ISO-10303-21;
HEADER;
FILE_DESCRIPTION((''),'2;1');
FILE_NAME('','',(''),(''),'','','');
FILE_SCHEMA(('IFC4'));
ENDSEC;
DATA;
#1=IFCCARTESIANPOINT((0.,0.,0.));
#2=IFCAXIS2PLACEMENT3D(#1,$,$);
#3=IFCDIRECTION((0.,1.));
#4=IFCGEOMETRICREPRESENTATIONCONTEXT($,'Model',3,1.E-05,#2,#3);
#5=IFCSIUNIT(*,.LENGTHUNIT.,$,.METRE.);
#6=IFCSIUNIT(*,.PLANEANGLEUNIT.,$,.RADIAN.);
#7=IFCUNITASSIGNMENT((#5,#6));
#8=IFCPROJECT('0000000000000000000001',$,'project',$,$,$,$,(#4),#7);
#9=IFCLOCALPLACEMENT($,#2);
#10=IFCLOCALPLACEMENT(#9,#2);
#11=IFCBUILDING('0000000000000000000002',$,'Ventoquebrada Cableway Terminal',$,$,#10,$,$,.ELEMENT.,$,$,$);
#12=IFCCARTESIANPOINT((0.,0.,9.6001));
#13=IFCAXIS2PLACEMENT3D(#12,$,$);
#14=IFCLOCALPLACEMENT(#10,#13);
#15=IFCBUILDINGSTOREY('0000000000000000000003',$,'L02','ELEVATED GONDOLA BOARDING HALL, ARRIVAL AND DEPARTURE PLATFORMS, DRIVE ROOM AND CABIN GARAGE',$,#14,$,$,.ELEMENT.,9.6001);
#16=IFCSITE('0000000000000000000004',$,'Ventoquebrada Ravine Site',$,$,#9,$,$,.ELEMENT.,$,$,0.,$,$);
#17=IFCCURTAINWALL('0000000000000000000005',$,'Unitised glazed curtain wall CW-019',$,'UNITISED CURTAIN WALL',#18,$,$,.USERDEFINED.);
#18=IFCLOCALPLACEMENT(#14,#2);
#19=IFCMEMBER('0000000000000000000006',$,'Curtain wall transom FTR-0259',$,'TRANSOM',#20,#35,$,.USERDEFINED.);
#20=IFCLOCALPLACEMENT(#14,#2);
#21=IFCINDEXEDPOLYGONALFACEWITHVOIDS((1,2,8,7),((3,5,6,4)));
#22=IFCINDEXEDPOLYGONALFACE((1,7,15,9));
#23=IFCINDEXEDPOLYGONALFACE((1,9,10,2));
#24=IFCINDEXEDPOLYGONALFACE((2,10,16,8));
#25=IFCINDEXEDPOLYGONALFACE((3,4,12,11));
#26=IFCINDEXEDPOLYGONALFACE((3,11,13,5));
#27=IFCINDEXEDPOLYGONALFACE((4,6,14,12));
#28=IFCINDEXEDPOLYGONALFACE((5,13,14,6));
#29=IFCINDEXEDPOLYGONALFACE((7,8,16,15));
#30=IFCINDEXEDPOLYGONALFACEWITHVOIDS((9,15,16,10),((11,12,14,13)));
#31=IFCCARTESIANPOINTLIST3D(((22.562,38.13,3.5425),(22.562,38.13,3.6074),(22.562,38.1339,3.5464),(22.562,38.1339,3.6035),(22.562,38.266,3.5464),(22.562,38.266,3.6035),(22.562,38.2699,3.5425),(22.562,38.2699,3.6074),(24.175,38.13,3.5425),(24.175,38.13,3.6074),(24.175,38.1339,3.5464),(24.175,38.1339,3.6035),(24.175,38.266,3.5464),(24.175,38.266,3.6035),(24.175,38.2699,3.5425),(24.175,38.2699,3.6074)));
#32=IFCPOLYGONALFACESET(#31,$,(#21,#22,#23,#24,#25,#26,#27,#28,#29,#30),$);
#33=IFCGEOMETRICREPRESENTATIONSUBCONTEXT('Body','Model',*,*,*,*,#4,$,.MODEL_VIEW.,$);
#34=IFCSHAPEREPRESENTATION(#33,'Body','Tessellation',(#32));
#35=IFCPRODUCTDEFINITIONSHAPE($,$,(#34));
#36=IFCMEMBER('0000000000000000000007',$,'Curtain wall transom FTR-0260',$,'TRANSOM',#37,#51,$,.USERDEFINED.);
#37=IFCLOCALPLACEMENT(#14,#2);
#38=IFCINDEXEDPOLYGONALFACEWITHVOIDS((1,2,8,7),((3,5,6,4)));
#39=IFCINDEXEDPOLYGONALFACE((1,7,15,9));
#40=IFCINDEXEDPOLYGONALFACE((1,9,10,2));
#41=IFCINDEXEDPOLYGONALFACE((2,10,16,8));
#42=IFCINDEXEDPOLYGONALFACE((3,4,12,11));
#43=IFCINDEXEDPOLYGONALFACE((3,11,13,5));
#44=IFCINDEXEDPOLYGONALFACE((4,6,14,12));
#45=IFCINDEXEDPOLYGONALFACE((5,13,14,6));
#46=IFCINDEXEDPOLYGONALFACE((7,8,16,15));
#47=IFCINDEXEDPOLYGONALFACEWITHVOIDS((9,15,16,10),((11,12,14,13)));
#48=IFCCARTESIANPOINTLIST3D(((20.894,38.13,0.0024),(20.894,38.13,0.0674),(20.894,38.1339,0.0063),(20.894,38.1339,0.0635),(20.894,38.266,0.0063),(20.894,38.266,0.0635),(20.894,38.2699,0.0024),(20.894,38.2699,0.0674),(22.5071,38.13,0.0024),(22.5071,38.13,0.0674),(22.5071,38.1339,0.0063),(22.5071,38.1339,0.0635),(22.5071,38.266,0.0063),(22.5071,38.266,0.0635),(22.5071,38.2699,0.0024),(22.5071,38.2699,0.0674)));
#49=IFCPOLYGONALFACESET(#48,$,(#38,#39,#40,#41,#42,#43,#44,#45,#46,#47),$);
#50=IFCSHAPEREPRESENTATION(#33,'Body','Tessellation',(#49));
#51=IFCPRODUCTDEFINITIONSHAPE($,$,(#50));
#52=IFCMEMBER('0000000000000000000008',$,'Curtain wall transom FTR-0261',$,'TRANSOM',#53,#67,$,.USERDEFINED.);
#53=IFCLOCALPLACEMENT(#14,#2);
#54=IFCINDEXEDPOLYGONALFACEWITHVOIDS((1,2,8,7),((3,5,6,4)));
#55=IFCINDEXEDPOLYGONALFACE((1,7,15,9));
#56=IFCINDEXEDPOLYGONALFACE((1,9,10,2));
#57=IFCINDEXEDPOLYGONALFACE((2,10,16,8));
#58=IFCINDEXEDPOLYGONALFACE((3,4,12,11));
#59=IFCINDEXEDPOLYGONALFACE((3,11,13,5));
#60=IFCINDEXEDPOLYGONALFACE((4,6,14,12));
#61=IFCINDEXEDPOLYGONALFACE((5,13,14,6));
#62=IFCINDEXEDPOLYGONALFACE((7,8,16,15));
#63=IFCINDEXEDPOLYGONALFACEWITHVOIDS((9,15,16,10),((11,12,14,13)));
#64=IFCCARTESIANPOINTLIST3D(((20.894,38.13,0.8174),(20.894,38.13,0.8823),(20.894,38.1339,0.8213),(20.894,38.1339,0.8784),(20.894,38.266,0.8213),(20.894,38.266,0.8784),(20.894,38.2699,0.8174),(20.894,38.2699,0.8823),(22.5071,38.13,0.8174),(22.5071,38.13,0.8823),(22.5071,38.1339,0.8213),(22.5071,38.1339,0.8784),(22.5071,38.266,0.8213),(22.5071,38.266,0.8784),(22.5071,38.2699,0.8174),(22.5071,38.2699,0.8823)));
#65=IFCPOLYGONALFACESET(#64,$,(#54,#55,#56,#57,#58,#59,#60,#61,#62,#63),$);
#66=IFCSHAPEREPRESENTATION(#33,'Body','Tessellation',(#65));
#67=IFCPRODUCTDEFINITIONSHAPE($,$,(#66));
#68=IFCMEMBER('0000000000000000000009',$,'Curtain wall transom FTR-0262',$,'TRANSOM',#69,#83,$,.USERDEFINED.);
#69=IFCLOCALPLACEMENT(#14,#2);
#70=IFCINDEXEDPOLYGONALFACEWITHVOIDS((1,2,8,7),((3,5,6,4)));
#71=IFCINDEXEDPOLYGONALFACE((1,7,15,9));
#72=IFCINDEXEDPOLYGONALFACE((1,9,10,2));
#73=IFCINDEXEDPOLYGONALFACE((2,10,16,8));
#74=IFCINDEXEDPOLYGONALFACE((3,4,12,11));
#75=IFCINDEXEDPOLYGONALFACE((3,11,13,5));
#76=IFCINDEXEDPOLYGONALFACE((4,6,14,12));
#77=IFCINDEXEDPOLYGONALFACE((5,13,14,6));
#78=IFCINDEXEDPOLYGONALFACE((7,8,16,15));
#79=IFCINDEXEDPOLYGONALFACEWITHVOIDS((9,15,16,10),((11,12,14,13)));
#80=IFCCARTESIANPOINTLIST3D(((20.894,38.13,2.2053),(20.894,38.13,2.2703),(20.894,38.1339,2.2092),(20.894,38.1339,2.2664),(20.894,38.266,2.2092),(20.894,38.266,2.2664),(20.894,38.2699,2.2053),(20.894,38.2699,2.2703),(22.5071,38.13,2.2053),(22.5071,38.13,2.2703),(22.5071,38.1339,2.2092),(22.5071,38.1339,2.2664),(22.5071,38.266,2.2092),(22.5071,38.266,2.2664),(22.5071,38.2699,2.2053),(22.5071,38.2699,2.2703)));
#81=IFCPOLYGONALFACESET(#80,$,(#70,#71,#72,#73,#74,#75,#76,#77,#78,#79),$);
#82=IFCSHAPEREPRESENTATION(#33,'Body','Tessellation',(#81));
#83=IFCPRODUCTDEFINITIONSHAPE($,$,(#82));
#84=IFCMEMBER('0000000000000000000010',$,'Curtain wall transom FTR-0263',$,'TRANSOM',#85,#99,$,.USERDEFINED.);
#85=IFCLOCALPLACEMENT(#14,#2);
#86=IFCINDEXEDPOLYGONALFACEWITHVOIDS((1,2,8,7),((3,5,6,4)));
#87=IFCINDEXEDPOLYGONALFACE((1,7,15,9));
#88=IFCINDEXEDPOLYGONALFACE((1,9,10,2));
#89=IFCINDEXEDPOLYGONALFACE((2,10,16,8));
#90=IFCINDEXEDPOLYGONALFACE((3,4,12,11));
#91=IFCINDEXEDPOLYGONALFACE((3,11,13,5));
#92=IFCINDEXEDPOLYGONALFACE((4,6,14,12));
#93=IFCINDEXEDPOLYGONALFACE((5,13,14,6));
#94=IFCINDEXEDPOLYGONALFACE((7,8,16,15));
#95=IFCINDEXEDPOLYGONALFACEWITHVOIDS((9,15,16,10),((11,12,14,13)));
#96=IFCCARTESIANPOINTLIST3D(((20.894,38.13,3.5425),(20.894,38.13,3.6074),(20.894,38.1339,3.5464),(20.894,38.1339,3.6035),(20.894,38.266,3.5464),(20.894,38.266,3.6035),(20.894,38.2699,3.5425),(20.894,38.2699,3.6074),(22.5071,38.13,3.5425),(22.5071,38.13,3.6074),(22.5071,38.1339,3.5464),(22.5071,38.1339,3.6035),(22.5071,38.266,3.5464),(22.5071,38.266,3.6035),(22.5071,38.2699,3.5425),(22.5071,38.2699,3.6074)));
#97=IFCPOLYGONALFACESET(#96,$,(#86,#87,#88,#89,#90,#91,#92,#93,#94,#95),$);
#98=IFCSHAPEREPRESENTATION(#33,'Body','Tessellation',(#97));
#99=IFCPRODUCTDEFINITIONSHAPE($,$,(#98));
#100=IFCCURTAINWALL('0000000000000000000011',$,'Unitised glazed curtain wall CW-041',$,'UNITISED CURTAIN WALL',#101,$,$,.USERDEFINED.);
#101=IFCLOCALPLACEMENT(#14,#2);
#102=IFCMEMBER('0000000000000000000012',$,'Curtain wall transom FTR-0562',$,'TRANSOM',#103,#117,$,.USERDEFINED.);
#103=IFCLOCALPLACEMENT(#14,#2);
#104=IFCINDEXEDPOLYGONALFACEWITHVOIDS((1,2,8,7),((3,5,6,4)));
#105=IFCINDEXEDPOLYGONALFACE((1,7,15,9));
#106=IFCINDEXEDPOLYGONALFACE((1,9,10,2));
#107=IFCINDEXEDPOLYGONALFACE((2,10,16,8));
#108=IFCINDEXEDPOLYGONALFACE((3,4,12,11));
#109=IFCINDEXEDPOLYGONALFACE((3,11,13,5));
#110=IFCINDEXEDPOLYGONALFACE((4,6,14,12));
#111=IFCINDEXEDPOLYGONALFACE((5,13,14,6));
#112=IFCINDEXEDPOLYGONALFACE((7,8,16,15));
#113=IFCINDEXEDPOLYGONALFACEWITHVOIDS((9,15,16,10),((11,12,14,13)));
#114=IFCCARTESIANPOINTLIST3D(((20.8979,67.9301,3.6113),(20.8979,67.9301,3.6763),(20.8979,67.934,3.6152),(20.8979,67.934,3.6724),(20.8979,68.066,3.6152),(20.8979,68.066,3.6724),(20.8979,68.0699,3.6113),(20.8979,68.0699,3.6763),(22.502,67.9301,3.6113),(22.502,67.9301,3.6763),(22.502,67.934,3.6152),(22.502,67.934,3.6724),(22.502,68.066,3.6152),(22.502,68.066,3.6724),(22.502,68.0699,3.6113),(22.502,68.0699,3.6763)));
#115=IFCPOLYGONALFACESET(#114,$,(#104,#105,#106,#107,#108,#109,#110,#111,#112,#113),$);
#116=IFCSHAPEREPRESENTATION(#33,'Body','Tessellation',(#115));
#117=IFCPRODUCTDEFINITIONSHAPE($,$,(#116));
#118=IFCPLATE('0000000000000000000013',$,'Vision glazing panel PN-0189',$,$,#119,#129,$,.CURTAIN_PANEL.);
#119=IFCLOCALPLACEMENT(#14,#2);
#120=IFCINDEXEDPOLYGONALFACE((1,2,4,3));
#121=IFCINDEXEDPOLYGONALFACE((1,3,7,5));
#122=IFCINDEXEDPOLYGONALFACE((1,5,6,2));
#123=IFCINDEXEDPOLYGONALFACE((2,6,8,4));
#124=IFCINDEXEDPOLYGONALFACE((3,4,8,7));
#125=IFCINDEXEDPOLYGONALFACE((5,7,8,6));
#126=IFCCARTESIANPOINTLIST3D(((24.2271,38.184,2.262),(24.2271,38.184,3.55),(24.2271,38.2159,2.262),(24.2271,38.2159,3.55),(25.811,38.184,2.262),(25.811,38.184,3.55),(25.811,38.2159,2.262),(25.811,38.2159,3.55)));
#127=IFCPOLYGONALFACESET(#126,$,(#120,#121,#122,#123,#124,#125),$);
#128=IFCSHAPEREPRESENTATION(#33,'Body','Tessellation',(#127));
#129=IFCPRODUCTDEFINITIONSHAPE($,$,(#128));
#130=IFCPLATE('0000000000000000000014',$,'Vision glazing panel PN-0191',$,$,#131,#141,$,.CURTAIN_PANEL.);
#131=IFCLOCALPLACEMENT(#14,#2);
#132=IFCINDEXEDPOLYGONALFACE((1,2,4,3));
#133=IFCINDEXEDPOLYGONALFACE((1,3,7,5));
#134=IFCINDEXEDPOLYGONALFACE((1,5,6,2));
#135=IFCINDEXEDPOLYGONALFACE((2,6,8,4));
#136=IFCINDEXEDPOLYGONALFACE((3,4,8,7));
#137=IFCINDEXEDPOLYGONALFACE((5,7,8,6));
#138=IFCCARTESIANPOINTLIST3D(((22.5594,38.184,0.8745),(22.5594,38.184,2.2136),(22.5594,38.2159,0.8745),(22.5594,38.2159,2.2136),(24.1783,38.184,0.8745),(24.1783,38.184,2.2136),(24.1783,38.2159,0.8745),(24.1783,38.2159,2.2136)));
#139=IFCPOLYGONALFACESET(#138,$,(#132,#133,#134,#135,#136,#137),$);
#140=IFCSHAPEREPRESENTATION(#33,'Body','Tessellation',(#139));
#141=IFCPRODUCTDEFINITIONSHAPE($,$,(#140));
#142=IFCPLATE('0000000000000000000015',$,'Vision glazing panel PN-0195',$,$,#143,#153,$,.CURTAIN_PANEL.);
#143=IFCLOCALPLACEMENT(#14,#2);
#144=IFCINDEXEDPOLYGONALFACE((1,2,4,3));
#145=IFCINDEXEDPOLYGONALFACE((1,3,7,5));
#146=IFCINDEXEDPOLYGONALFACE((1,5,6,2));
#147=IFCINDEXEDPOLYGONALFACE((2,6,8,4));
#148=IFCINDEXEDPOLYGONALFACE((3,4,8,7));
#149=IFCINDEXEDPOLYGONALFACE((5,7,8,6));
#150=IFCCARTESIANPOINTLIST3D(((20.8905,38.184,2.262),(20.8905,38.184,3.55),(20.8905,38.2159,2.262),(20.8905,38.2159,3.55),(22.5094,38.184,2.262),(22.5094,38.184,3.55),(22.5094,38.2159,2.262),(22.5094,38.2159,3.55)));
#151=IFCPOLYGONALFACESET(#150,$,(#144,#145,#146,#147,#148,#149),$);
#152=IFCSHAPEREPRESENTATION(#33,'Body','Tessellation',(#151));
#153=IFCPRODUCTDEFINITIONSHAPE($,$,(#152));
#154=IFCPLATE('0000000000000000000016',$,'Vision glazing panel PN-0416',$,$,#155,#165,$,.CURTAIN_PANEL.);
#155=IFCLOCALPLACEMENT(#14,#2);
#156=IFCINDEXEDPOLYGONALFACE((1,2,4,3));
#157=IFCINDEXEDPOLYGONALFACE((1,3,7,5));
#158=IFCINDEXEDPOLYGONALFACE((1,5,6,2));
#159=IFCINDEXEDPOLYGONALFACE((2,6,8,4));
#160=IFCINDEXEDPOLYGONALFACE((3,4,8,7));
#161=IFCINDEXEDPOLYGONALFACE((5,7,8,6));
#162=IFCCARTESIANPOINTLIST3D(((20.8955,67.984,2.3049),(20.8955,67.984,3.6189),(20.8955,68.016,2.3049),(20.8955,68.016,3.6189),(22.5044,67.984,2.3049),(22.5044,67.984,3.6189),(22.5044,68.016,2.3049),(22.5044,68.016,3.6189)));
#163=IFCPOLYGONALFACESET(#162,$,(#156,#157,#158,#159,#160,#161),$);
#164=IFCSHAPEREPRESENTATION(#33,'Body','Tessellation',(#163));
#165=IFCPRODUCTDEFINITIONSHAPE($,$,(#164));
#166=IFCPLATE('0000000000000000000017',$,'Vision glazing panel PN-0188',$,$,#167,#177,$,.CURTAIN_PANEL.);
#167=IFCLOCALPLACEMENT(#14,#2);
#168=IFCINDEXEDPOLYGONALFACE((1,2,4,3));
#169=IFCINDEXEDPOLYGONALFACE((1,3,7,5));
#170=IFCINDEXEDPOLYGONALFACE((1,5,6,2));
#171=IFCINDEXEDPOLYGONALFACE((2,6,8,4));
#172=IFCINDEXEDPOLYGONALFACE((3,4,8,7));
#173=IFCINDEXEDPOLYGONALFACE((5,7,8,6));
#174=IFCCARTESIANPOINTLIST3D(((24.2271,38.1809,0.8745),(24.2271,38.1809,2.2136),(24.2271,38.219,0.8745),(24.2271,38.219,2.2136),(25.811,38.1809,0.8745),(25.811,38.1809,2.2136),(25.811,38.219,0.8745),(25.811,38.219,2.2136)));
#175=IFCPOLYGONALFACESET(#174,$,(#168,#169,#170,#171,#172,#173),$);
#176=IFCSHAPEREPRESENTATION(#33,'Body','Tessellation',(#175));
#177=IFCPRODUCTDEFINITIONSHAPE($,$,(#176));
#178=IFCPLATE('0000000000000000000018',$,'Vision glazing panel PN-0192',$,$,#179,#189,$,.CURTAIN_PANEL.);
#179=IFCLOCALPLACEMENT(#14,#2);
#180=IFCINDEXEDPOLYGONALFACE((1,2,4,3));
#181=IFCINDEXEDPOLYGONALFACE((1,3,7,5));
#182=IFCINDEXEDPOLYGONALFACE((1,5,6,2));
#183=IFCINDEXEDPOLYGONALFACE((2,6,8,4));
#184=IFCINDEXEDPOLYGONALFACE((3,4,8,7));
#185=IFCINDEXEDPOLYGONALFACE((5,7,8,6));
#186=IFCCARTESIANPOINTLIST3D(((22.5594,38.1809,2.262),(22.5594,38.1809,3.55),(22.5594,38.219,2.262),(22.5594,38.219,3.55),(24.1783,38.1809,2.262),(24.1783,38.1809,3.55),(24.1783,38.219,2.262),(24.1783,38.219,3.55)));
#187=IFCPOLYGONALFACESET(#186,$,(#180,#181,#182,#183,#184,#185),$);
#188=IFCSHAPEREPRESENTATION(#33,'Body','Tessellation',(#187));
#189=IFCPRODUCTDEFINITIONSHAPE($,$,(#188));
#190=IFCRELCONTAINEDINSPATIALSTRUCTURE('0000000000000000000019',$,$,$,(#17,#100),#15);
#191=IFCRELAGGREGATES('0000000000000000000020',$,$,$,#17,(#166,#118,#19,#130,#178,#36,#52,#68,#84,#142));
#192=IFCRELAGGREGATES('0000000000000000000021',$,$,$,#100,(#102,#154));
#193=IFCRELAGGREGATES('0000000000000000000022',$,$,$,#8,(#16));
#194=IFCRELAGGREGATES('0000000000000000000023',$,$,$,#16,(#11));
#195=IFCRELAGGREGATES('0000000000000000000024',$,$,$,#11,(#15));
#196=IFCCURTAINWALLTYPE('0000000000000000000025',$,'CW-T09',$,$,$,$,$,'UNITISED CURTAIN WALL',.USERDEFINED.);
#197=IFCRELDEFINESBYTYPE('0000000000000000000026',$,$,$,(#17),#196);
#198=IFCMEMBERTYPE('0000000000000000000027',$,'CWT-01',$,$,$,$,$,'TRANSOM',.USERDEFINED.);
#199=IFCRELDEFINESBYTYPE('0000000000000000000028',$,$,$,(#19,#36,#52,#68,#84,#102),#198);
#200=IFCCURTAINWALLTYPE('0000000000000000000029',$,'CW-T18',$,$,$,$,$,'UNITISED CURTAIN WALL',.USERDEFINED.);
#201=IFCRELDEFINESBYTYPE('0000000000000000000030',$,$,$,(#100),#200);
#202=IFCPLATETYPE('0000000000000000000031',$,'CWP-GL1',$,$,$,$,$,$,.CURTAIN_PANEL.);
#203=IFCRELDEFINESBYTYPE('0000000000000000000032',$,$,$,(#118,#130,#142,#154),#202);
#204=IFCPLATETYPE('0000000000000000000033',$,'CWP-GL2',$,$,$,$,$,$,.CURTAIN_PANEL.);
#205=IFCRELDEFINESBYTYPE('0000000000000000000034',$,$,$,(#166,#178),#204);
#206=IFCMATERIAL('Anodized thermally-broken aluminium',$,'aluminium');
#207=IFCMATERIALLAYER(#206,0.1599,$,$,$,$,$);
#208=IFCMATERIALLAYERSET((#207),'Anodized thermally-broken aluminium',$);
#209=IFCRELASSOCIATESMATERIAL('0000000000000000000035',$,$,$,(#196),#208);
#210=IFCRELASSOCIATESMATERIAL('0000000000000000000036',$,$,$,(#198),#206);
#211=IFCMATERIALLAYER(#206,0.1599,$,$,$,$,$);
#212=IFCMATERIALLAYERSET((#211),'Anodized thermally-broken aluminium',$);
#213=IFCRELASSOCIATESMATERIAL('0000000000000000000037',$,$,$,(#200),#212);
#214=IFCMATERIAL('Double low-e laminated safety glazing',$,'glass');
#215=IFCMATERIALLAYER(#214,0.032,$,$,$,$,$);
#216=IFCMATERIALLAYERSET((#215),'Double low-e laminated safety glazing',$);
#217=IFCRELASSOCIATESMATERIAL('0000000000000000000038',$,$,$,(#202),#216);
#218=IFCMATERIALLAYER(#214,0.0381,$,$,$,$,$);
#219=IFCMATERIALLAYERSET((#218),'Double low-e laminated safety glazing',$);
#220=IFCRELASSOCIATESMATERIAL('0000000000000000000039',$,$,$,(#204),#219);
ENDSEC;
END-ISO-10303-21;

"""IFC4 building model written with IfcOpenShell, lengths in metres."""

from ifc_helpers import new_model, si_unit, direction, frame, origin, origin_2d, place, context, subcontext, project, spatial, rectangle, hollow_rectangle, extrude, material, layer, layer_set, material_profile, profile_set, type_object, element, aggregate, save


model = new_model("IFC4")

# Units and contexts
model_context = context("Model", 3, precision=1e-05, world=origin(), true_north=direction((0.0, 1.0)))
body_context = subcontext(model_context, "Body", "Model", "MODEL_VIEW")
ifc_project = project(units=[si_unit("LENGTHUNIT", "METRE"), si_unit("PLANEANGLEUNIT", "RADIAN")], contexts=[model_context])

# Site, building, storey
site_placement = place(None, origin())
site = spatial("IfcSite", under=ifc_project, at=site_placement, Name="Ventoquebrada Ravine Site", CompositionType="ELEMENT", RefElevation=0.0)
building_placement = place(site_placement, origin())
building = spatial("IfcBuilding", under=site, at=building_placement, Name="Ventoquebrada Cableway Terminal", CompositionType="ELEMENT")
storey_placement = place(building_placement, frame((0.0, 0.0, 9.6001)))
storey = spatial("IfcBuildingStorey", under=building, at=storey_placement, Name="L02", Description="ELEVATED GONDOLA BOARDING HALL, ARRIVAL AND DEPARTURE PLATFORMS, DRIVE ROOM AND CABIN GARAGE", CompositionType="ELEMENT", Elevation=9.6001)

# Curtain wall, members
ifc_material_1 = material(Name="Anodized thermally-broken aluminium", Category="aluminium")
ifc_layer_1 = layer(ifc_material_1, 0.1599)
ifc_layer_set_1 = layer_set([ifc_layer_1], Name="Anodized thermally-broken aluminium")
curtain_wall_type_1 = type_object("IfcCurtainWallType", Name="CW-T09", ElementType="UNITISED CURTAIN WALL", PredefinedType="USERDEFINED", material=ifc_layer_set_1)
curtain_wall_1_placement = place(storey_placement, origin())
curtain_wall_1 = element("IfcCurtainWall", 1, at=curtain_wall_1_placement, inside=storey, type_object=curtain_wall_type_1, Name="Unitised glazed curtain wall CW-019", ObjectType="UNITISED CURTAIN WALL", PredefinedType="USERDEFINED")
ifc_material_profile_1 = material_profile(ifc_material_1, hollow_rectangle(XDim=0.0649, YDim=0.1399, WallThickness=0.0039, at=origin_2d()), Name="CW-TRN-65X140")
ifc_profile_set_1 = profile_set([ifc_material_profile_1], Name="Anodized thermally-broken aluminium")
member_type_1 = type_object("IfcMemberType", Name="CWT-01", ElementType="TRANSOM", PredefinedType="USERDEFINED", material=ifc_profile_set_1)
member_1_placement = place(storey_placement, frame((24.175, 38.2, 3.575), z_axis=(-1.0, 0.0, 0.0), x_axis=(0.0, 0.0, 1.0)))
member_1 = element("IfcMember", 2, at=member_1_placement, type_object=member_type_1, Name="Curtain wall transom FTR-0259", ObjectType="TRANSOM", PredefinedType="USERDEFINED", context=body_context, shape_type="SweptSolid", body=[
    extrude(hollow_rectangle(XDim=0.0649, YDim=0.1399, WallThickness=0.0039, at=origin_2d()), origin(), (0.0, 0.0, 1.0), 1.613),
])
member_2_placement = place(storey_placement, frame((22.5071, 38.2, 0.0349), z_axis=(-1.0, 0.0, 0.0), x_axis=(0.0, 0.0, 1.0)))
member_2 = element("IfcMember", 3, at=member_2_placement, type_object=member_type_1, Name="Curtain wall transom FTR-0260", ObjectType="TRANSOM", PredefinedType="USERDEFINED", context=body_context, shape_type="SweptSolid", body=[
    extrude(hollow_rectangle(XDim=0.0649, YDim=0.1399, WallThickness=0.0039, at=origin_2d()), origin(), (0.0, 0.0, 1.0), 1.613),
])
member_3_placement = place(storey_placement, frame((22.5071, 38.2, 0.8499), z_axis=(-1.0, 0.0, 0.0), x_axis=(0.0, 0.0, 1.0)))
member_3 = element("IfcMember", 4, at=member_3_placement, type_object=member_type_1, Name="Curtain wall transom FTR-0261", ObjectType="TRANSOM", PredefinedType="USERDEFINED", context=body_context, shape_type="SweptSolid", body=[
    extrude(hollow_rectangle(XDim=0.0649, YDim=0.1399, WallThickness=0.0039, at=origin_2d()), origin(), (0.0, 0.0, 1.0), 1.613),
])
member_4_placement = place(storey_placement, frame((22.5071, 38.2, 2.2378), z_axis=(-1.0, 0.0, 0.0), x_axis=(0.0, 0.0, 1.0)))
member_4 = element("IfcMember", 5, at=member_4_placement, type_object=member_type_1, Name="Curtain wall transom FTR-0262", ObjectType="TRANSOM", PredefinedType="USERDEFINED", context=body_context, shape_type="SweptSolid", body=[
    extrude(hollow_rectangle(XDim=0.0649, YDim=0.1399, WallThickness=0.0039, at=origin_2d()), origin(), (0.0, 0.0, 1.0), 1.613),
])
member_5_placement = place(storey_placement, frame((22.5071, 38.2, 3.575), z_axis=(-1.0, 0.0, 0.0), x_axis=(0.0, 0.0, 1.0)))
member_5 = element("IfcMember", 6, at=member_5_placement, type_object=member_type_1, Name="Curtain wall transom FTR-0263", ObjectType="TRANSOM", PredefinedType="USERDEFINED", context=body_context, shape_type="SweptSolid", body=[
    extrude(hollow_rectangle(XDim=0.0649, YDim=0.1399, WallThickness=0.0039, at=origin_2d()), origin(), (0.0, 0.0, 1.0), 1.613),
])

# Curtain wall, member
ifc_layer_2 = layer(ifc_material_1, 0.1599)
ifc_layer_set_2 = layer_set([ifc_layer_2], Name="Anodized thermally-broken aluminium")
curtain_wall_type_2 = type_object("IfcCurtainWallType", Name="CW-T18", ElementType="UNITISED CURTAIN WALL", PredefinedType="USERDEFINED", material=ifc_layer_set_2)
curtain_wall_2_placement = place(storey_placement, origin())
curtain_wall_2 = element("IfcCurtainWall", 7, at=curtain_wall_2_placement, inside=storey, type_object=curtain_wall_type_2, Name="Unitised glazed curtain wall CW-041", ObjectType="UNITISED CURTAIN WALL", PredefinedType="USERDEFINED")
member_6_placement = place(storey_placement, frame((20.8979, 68.0, 3.6438), z_axis=(1.0, 0.0, 0.0), x_axis=(0.0, 0.0, 1.0)))
member_6 = element("IfcMember", 8, at=member_6_placement, type_object=member_type_1, Name="Curtain wall transom FTR-0562", ObjectType="TRANSOM", PredefinedType="USERDEFINED", context=body_context, shape_type="SweptSolid", body=[
    extrude(hollow_rectangle(XDim=0.0649, YDim=0.1399, WallThickness=0.0039, at=origin_2d()), origin(), (0.0, 0.0, 1.0), 1.604),
])

# Plates
ifc_material_2 = material(Name="Double low-e laminated safety glazing", Category="glass")
ifc_layer_3 = layer(ifc_material_2, 0.032)
ifc_layer_set_3 = layer_set([ifc_layer_3], Name="Double low-e laminated safety glazing")
plate_type_1 = type_object("IfcPlateType", Name="CWP-GL1", PredefinedType="CURTAIN_PANEL", material=ifc_layer_set_3)
plate_1_placement = place(storey_placement, frame((25.019, 38.2, 2.262), z_axis=(0.0, 0.0, 1.0), x_axis=(-1.0, 0.0, 0.0)))
plate_1 = element("IfcPlate", 9, at=plate_1_placement, type_object=plate_type_1, Name="Vision glazing panel PN-0189", PredefinedType="CURTAIN_PANEL", context=body_context, shape_type="SweptSolid", body=[
    extrude(rectangle(XDim=1.584, YDim=0.032, at=origin_2d()), origin(), (0.0, 0.0, 1.0), 1.2881),
])
plate_2_placement = place(storey_placement, frame((23.3689, 38.2, 0.8745), z_axis=(0.0, 0.0, 1.0), x_axis=(-1.0, 0.0, 0.0)))
plate_2 = element("IfcPlate", 10, at=plate_2_placement, type_object=plate_type_1, Name="Vision glazing panel PN-0191", PredefinedType="CURTAIN_PANEL", context=body_context, shape_type="SweptSolid", body=[
    extrude(rectangle(XDim=1.6189, YDim=0.032, at=origin_2d()), origin(), (0.0, 0.0, 1.0), 1.3391),
])
plate_3_placement = place(storey_placement, frame((21.7, 38.2, 2.262), z_axis=(0.0, 0.0, 1.0), x_axis=(-1.0, 0.0, 0.0)))
plate_3 = element("IfcPlate", 11, at=plate_3_placement, type_object=plate_type_1, Name="Vision glazing panel PN-0195", PredefinedType="CURTAIN_PANEL", context=body_context, shape_type="SweptSolid", body=[
    extrude(rectangle(XDim=1.6189, YDim=0.032, at=origin_2d()), origin(), (0.0, 0.0, 1.0), 1.2881),
])
plate_4_placement = place(storey_placement, frame((21.7, 68.0, 2.3049), z_axis=(0.0, 0.0, 1.0), x_axis=(1.0, 0.0, 0.0)))
plate_4 = element("IfcPlate", 12, at=plate_4_placement, type_object=plate_type_1, Name="Vision glazing panel PN-0416", PredefinedType="CURTAIN_PANEL", context=body_context, shape_type="SweptSolid", body=[
    extrude(rectangle(XDim=1.6089, YDim=0.032, at=origin_2d()), origin(), (0.0, 0.0, 1.0), 1.314),
])
ifc_layer_4 = layer(ifc_material_2, 0.0381)
ifc_layer_set_4 = layer_set([ifc_layer_4], Name="Double low-e laminated safety glazing")
plate_type_2 = type_object("IfcPlateType", Name="CWP-GL2", PredefinedType="CURTAIN_PANEL", material=ifc_layer_set_4)
plate_5_placement = place(storey_placement, frame((25.019, 38.2, 0.8745), z_axis=(0.0, 0.0, 1.0), x_axis=(-1.0, 0.0, 0.0)))
plate_5 = element("IfcPlate", 13, at=plate_5_placement, type_object=plate_type_2, Name="Vision glazing panel PN-0188", PredefinedType="CURTAIN_PANEL", context=body_context, shape_type="SweptSolid", body=[
    extrude(rectangle(XDim=1.584, YDim=0.0381, at=origin_2d()), origin(), (0.0, 0.0, 1.0), 1.3391),
])
plate_6_placement = place(storey_placement, frame((23.3689, 38.2, 2.262), z_axis=(0.0, 0.0, 1.0), x_axis=(-1.0, 0.0, 0.0)))
plate_6 = element("IfcPlate", 14, at=plate_6_placement, type_object=plate_type_2, Name="Vision glazing panel PN-0192", PredefinedType="CURTAIN_PANEL", context=body_context, shape_type="SweptSolid", body=[
    extrude(rectangle(XDim=1.6189, YDim=0.0381, at=origin_2d()), origin(), (0.0, 0.0, 1.0), 1.2881),
])
aggregate(curtain_wall_1, [plate_5, plate_1, member_1, plate_2, plate_6, member_2, member_3, member_4, member_5, plate_3])
aggregate(curtain_wall_2, [member_6, plate_4])

save(model, "model.ifc")
